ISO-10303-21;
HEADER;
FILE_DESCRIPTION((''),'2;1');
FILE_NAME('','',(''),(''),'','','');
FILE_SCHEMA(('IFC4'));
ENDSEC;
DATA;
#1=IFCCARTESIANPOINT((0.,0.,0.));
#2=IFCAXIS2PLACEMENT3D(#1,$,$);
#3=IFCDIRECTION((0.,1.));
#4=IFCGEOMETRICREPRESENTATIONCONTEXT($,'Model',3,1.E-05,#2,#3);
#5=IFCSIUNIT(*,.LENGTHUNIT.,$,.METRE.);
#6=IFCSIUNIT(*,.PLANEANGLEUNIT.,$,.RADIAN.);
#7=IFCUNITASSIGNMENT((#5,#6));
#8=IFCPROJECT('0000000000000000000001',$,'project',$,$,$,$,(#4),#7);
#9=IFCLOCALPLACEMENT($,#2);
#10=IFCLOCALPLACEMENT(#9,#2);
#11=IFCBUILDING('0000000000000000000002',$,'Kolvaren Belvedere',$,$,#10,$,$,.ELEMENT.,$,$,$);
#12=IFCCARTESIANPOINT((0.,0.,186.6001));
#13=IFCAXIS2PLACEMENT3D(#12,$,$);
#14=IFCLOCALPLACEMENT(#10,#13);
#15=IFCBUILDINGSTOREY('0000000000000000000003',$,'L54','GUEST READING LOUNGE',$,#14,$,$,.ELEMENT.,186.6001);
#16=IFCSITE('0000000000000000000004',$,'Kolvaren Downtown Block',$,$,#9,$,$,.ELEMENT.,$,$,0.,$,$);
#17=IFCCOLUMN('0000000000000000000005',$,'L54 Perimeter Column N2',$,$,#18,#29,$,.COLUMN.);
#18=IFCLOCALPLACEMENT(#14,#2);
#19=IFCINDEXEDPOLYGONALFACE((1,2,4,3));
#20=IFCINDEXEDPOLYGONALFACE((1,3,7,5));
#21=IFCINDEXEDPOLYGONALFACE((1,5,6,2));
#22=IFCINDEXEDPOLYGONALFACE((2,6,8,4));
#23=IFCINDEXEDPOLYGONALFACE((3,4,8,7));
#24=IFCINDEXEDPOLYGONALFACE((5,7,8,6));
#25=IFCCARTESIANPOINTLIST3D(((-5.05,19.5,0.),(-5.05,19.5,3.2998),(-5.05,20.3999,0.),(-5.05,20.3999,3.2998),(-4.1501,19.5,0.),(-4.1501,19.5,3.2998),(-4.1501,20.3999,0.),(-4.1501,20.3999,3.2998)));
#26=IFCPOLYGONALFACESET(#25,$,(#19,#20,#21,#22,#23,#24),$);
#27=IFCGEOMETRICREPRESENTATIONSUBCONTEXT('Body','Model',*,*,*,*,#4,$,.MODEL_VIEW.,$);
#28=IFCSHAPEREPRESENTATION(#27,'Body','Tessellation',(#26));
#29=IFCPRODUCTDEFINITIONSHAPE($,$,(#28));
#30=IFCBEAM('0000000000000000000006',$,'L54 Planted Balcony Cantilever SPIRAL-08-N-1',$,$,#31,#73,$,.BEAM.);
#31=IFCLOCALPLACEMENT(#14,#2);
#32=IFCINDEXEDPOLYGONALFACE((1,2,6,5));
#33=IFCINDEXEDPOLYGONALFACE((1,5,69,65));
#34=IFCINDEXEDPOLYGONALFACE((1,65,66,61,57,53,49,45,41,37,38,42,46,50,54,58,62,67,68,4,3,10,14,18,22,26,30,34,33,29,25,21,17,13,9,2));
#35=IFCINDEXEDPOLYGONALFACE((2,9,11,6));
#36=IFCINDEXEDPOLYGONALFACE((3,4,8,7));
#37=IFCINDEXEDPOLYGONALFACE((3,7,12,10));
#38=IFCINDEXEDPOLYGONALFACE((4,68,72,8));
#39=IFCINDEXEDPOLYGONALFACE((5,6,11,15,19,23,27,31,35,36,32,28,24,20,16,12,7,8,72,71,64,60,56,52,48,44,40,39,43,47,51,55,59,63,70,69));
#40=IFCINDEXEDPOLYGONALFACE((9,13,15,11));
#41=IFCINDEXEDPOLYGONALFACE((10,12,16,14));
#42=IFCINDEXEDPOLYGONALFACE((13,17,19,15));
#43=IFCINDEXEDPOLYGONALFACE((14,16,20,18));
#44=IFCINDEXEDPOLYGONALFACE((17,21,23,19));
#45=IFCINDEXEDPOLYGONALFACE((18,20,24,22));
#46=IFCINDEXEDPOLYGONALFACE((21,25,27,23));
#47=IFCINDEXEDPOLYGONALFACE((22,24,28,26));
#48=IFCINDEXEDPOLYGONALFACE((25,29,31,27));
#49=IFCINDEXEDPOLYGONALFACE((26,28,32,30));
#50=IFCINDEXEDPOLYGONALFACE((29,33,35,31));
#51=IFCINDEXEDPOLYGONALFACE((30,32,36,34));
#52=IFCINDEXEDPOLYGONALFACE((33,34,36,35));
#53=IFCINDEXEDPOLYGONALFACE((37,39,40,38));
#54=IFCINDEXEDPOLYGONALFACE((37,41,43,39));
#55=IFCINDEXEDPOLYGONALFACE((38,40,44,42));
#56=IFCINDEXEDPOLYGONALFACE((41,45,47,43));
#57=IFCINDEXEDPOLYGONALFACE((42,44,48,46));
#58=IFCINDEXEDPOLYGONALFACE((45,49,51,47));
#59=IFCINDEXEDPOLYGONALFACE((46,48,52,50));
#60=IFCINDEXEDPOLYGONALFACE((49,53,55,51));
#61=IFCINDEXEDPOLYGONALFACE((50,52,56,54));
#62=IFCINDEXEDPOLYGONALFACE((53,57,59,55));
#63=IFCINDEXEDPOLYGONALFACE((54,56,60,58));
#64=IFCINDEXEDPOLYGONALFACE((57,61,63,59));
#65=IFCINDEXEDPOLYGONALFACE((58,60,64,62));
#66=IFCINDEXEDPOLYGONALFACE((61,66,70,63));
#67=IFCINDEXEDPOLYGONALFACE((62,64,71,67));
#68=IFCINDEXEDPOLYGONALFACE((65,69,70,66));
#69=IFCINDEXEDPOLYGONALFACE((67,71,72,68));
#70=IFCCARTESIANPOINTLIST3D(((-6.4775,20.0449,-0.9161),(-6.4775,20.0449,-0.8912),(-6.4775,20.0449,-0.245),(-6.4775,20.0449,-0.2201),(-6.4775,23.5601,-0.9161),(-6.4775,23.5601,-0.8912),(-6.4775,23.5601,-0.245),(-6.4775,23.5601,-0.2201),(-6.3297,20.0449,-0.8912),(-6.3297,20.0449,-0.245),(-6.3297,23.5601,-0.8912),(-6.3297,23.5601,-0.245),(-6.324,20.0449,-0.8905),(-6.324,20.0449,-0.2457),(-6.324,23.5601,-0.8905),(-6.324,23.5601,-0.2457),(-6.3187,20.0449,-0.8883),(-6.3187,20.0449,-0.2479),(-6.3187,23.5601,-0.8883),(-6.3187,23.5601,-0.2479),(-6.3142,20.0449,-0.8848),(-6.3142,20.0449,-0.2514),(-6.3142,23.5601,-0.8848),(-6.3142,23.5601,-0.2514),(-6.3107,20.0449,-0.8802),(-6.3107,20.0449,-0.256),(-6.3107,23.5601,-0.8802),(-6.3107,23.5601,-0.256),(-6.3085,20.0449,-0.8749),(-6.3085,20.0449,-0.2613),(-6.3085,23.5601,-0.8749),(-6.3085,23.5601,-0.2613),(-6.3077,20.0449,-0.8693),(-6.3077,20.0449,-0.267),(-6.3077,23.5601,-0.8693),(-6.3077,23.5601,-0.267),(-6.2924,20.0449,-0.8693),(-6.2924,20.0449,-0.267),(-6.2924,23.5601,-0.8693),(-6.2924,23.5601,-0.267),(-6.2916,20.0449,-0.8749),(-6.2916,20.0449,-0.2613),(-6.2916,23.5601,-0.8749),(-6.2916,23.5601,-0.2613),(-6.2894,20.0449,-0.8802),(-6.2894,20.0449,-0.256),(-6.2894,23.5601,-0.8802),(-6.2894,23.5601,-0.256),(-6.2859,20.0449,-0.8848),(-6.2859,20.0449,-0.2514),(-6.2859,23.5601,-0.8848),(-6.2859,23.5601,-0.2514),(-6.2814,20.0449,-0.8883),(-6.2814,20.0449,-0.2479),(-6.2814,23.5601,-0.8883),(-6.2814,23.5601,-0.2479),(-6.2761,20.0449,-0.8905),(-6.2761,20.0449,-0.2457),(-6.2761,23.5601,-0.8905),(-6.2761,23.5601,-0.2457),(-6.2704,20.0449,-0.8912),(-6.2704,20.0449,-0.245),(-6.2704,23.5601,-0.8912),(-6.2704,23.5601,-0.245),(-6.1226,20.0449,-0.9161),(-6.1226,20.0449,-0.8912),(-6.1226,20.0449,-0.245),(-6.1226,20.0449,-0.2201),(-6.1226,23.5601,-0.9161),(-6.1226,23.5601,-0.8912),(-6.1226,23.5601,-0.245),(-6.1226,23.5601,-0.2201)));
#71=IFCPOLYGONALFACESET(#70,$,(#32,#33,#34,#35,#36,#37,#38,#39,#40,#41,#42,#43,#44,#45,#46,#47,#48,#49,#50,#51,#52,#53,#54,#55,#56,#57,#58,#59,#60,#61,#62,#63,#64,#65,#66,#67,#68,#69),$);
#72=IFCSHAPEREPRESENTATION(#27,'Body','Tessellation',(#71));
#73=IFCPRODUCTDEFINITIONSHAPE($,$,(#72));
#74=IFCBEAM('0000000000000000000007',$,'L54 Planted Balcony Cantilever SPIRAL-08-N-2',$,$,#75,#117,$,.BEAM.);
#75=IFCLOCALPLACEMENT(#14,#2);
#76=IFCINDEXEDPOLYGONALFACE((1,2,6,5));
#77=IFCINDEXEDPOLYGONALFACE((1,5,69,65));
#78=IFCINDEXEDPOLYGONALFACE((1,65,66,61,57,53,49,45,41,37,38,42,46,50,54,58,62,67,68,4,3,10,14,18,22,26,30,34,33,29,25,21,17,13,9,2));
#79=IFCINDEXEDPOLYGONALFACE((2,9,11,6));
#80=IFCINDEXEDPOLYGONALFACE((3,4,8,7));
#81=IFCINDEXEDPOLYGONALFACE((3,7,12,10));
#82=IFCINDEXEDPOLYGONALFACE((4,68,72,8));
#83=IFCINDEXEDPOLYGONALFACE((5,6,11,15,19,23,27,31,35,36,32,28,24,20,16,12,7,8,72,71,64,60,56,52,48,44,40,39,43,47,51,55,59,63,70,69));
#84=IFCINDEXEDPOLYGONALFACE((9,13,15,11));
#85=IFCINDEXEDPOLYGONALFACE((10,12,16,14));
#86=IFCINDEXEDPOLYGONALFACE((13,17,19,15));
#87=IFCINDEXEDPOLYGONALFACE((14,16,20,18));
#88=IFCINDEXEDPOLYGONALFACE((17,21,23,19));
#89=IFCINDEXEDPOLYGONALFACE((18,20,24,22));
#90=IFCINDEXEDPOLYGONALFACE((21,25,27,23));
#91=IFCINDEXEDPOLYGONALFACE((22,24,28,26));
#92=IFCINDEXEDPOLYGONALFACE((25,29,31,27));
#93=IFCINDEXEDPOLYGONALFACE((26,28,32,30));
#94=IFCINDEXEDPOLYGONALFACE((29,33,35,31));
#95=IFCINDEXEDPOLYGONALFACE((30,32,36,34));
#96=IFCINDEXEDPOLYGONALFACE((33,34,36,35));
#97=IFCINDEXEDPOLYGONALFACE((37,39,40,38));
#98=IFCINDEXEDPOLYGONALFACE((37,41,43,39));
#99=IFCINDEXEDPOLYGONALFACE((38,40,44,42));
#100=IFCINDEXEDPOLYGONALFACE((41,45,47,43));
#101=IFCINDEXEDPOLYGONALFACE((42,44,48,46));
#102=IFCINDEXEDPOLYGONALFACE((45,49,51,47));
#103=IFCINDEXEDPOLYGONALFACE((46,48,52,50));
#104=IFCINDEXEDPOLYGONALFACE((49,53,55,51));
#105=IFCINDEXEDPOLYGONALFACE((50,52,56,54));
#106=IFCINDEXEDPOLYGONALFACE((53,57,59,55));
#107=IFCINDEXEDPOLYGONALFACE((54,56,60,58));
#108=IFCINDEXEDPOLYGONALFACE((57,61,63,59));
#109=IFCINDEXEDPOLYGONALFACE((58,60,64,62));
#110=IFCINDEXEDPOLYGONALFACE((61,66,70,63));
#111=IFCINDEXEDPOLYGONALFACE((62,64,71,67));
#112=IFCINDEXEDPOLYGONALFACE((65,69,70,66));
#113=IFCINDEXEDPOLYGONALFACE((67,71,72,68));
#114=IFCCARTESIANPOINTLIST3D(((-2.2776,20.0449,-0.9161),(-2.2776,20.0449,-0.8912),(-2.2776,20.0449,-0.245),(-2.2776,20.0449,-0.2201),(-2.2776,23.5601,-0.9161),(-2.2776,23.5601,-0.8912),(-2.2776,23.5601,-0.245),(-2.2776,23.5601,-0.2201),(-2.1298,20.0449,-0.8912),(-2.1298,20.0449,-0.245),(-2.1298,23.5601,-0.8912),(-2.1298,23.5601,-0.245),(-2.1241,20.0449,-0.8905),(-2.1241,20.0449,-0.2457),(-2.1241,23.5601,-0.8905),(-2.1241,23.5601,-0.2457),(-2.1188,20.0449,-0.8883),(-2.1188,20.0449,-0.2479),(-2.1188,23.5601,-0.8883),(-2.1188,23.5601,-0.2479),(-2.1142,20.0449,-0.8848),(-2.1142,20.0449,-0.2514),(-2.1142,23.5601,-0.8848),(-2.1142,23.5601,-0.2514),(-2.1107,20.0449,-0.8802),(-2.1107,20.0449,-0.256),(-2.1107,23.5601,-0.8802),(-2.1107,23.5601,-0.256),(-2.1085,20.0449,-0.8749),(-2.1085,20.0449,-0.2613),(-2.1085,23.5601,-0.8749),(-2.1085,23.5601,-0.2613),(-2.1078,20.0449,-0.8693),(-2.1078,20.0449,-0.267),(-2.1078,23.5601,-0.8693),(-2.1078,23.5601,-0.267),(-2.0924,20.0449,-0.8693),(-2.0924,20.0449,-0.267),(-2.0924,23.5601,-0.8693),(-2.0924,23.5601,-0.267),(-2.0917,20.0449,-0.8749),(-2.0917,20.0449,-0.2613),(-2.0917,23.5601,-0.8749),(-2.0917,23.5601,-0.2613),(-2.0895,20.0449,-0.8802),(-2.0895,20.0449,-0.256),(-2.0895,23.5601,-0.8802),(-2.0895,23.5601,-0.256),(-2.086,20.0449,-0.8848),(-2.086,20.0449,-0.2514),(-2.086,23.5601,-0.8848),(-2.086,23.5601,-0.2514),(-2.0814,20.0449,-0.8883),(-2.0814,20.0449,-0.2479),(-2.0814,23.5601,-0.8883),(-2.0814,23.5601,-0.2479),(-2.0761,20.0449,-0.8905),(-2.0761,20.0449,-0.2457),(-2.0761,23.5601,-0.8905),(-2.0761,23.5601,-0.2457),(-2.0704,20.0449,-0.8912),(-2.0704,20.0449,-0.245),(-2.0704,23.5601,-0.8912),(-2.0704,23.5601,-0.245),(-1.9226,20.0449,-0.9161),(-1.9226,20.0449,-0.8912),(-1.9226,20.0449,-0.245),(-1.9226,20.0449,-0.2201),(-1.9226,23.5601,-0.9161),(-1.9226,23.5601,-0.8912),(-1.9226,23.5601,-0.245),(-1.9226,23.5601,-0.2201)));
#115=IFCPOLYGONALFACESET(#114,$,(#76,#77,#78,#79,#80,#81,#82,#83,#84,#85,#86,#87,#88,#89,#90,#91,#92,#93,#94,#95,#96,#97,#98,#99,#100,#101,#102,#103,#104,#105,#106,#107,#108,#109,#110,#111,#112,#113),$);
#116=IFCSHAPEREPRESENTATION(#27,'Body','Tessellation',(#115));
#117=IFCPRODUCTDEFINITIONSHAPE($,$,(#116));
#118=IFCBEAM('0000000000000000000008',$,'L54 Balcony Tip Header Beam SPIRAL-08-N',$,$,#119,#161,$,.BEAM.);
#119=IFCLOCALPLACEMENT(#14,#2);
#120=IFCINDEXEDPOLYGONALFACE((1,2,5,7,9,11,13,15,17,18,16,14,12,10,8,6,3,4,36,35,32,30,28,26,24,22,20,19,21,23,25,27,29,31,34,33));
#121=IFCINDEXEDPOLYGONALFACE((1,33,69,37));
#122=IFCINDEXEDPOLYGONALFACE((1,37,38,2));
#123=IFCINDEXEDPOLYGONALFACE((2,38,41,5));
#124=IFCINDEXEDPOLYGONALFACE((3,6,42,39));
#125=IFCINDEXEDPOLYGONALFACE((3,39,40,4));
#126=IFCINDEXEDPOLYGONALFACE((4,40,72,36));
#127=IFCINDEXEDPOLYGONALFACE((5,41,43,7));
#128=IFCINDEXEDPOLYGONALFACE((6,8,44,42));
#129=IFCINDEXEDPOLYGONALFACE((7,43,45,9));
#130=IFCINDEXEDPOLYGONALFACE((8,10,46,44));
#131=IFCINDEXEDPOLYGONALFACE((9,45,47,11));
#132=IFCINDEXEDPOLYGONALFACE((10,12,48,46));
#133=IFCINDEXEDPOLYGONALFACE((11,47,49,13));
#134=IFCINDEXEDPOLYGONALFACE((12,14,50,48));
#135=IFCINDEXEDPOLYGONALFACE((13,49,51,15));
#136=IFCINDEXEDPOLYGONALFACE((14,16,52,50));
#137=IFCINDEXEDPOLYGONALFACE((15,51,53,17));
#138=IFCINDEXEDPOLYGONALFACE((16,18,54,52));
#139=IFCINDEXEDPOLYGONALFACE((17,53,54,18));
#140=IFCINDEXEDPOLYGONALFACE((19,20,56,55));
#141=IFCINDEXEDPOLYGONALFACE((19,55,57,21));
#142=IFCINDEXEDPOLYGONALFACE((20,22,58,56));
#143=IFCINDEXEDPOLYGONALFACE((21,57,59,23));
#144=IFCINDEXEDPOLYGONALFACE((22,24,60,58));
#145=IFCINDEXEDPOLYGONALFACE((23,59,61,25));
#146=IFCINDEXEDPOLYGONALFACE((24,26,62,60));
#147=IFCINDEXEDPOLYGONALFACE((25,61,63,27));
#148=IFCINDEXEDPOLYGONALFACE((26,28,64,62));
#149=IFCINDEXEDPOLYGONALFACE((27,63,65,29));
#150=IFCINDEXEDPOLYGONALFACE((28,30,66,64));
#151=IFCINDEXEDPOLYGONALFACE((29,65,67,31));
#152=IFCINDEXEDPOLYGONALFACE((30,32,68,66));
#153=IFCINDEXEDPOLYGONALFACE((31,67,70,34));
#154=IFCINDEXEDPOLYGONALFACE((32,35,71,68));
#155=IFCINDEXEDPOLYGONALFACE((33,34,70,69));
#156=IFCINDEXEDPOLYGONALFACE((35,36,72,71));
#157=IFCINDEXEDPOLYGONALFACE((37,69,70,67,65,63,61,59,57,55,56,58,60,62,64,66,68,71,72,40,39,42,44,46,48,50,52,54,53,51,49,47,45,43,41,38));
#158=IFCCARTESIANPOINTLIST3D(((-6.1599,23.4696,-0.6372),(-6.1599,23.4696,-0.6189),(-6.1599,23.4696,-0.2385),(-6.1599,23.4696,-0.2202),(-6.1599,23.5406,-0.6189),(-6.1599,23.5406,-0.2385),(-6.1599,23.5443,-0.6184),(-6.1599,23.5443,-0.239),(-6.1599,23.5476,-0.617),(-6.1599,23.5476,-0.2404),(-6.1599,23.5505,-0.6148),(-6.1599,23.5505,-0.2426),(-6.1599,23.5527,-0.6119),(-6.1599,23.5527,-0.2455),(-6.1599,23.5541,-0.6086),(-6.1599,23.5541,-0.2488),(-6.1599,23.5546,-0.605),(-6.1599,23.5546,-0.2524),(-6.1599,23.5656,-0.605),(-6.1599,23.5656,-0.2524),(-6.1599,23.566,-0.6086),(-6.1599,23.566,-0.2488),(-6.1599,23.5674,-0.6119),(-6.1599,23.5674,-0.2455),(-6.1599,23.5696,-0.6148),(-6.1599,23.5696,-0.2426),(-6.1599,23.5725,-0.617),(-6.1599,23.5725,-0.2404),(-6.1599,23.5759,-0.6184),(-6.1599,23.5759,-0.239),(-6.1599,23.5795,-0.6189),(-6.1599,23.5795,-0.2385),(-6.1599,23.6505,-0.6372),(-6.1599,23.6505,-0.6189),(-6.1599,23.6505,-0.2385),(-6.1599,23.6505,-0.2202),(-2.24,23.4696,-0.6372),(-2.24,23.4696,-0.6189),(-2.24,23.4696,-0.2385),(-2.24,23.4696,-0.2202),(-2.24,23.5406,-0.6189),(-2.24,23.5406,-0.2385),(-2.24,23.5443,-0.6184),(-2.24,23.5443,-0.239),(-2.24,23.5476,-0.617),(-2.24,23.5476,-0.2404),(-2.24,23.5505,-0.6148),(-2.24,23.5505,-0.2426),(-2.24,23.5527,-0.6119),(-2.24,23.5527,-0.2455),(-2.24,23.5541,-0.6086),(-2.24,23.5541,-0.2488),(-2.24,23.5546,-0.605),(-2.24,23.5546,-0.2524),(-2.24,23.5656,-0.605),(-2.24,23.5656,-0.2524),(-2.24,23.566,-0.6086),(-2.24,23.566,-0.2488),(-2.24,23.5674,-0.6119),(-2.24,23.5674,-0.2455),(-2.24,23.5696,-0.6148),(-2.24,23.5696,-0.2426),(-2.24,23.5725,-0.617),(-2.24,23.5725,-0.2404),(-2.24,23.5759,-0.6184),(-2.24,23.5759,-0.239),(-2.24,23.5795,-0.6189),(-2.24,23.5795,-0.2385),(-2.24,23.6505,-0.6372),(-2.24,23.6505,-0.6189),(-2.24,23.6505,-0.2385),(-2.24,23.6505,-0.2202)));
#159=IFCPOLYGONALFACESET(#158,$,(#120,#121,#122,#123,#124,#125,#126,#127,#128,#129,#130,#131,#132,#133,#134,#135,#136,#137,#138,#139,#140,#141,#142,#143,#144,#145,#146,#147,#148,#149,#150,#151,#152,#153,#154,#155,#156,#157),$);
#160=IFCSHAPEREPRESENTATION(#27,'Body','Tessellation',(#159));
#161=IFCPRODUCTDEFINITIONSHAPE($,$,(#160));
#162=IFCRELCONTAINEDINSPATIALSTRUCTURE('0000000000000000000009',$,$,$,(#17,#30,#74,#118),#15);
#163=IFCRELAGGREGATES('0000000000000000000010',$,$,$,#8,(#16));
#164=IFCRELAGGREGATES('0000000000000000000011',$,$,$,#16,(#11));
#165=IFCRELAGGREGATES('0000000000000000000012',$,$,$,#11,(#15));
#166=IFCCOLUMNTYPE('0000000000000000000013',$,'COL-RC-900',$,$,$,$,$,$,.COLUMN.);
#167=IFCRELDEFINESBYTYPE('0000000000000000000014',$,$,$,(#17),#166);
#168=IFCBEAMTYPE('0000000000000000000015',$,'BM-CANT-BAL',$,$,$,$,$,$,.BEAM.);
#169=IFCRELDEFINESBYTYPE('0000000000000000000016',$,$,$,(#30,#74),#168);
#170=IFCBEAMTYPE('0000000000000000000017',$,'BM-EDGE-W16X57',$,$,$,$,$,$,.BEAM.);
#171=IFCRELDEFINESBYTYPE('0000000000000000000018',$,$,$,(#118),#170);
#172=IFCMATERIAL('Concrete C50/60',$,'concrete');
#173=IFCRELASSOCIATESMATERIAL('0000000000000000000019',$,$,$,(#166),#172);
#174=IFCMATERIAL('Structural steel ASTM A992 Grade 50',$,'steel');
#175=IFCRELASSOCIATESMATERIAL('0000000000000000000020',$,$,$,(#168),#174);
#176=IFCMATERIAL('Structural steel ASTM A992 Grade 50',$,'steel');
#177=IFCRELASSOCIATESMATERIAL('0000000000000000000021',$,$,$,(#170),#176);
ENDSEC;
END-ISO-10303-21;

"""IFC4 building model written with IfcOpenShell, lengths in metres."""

from ifc_helpers import new_model, si_unit, direction, frame, origin, origin_2d, place, context, subcontext, project, spatial, rectangle, i_section, extrude, material, material_profile, profile_set, type_object, element, save


model = new_model("IFC4")

# Units and contexts
model_context = context("Model", 3, precision=1e-05, world=origin(), true_north=direction((0.0, 1.0)))
body_context = subcontext(model_context, "Body", "Model", "MODEL_VIEW")
ifc_project = project(units=[si_unit("LENGTHUNIT", "METRE"), si_unit("PLANEANGLEUNIT", "RADIAN")], contexts=[model_context])

# Site, building, storey
site_placement = place(None, origin())
site = spatial("IfcSite", under=ifc_project, at=site_placement, Name="Kolvaren Downtown Block", CompositionType="ELEMENT", RefElevation=0.0)
building_placement = place(site_placement, origin())
building = spatial("IfcBuilding", under=site, at=building_placement, Name="Kolvaren Belvedere", CompositionType="ELEMENT")
storey_placement = place(building_placement, frame((0.0, 0.0, 186.6001)))
storey = spatial("IfcBuildingStorey", under=building, at=storey_placement, Name="L54", Description="GUEST READING LOUNGE", CompositionType="ELEMENT", Elevation=186.6001)

# Column
ifc_material_1 = material(Name="Concrete C50/60", Category="concrete")
ifc_material_profile_1 = material_profile(ifc_material_1, rectangle(XDim=0.8999, YDim=0.8999, at=origin_2d()), Name="RC 900X900")
ifc_profile_set_1 = profile_set([ifc_material_profile_1], Name="Concrete C50/60")
column_type = type_object("IfcColumnType", Name="COL-RC-900", PredefinedType="COLUMN", material=ifc_profile_set_1)
column_placement = place(storey_placement, frame((-4.6001, 19.95, 0.0), z_axis=(0.0, 0.0, 1.0), x_axis=(1.0, 0.0, 0.0)))
element("IfcColumn", 1, at=column_placement, inside=storey, type_object=column_type, Name="L54 Perimeter Column N2", PredefinedType="COLUMN", context=body_context, shape_type="SweptSolid", body=[
    extrude(rectangle(XDim=0.8999, YDim=0.8999, at=origin_2d()), origin(), (0.0, 0.0, 1.0), 3.2998),
])

# Beams
ifc_material_2 = material(Name="Structural steel ASTM A992 Grade 50", Category="steel")
ifc_material_profile_2 = material_profile(ifc_material_2, i_section(OverallWidth=0.355, OverallDepth=0.696, WebThickness=0.0154, FlangeThickness=0.0249, FilletRadius=0.022, at=origin_2d()), Name="W27X146")
ifc_profile_set_2 = profile_set([ifc_material_profile_2], Name="Structural steel ASTM A992 Grade 50")
beam_type_1 = type_object("IfcBeamType", Name="BM-CANT-BAL", PredefinedType="BEAM", material=ifc_profile_set_2)
for number, where, z_axis, x_axis, name in (
    (2, (-6.3, 20.0449, -0.5681), (0.0, 1.0, 0.0), (-1.0, 0.0, 0.0), "L54 Planted Balcony Cantilever SPIRAL-08-N-1"),
    (3, (-2.1001, 20.0449, -0.5681), (0.0, 1.0, 0.0), (-1.0, 0.0, 0.0), "L54 Planted Balcony Cantilever SPIRAL-08-N-2"),
):
    element("IfcBeam", number, at=place(storey_placement, frame(where, z_axis=z_axis, x_axis=x_axis)), inside=storey, type_object=beam_type_1, Name=name, PredefinedType="BEAM", context=body_context, shape_type="SweptSolid", body=[
        extrude(i_section(OverallWidth=0.355, OverallDepth=0.696, WebThickness=0.0154, FlangeThickness=0.0249, FilletRadius=0.022, at=origin_2d()), origin(), (0.0, 0.0, 1.0), 3.5151),
    ])
ifc_material_3 = material(Name="Structural steel ASTM A992 Grade 50", Category="steel")
ifc_material_profile_3 = material_profile(ifc_material_3, i_section(OverallWidth=0.1809, OverallDepth=0.417, WebThickness=0.011, FlangeThickness=0.0183, FilletRadius=0.0139, at=origin_2d()), Name="W16X57")
ifc_profile_set_3 = profile_set([ifc_material_profile_3], Name="Structural steel ASTM A992 Grade 50")
beam_type_2 = type_object("IfcBeamType", Name="BM-EDGE-W16X57", PredefinedType="BEAM", material=ifc_profile_set_3)
beam_1_placement = place(storey_placement, frame((-6.1599, 23.5601, -0.4287), z_axis=(1.0, 0.0, 0.0), x_axis=(0.0, 1.0, 0.0)))
element("IfcBeam", 4, at=beam_1_placement, inside=storey, type_object=beam_type_2, Name="L54 Balcony Tip Header Beam SPIRAL-08-N", PredefinedType="BEAM", context=body_context, shape_type="SweptSolid", body=[
    extrude(i_section(OverallWidth=0.1809, OverallDepth=0.417, WebThickness=0.011, FlangeThickness=0.0183, FilletRadius=0.0139, at=origin_2d()), origin(), (0.0, 0.0, 1.0), 3.9199),
])

save(model, "model.ifc")
